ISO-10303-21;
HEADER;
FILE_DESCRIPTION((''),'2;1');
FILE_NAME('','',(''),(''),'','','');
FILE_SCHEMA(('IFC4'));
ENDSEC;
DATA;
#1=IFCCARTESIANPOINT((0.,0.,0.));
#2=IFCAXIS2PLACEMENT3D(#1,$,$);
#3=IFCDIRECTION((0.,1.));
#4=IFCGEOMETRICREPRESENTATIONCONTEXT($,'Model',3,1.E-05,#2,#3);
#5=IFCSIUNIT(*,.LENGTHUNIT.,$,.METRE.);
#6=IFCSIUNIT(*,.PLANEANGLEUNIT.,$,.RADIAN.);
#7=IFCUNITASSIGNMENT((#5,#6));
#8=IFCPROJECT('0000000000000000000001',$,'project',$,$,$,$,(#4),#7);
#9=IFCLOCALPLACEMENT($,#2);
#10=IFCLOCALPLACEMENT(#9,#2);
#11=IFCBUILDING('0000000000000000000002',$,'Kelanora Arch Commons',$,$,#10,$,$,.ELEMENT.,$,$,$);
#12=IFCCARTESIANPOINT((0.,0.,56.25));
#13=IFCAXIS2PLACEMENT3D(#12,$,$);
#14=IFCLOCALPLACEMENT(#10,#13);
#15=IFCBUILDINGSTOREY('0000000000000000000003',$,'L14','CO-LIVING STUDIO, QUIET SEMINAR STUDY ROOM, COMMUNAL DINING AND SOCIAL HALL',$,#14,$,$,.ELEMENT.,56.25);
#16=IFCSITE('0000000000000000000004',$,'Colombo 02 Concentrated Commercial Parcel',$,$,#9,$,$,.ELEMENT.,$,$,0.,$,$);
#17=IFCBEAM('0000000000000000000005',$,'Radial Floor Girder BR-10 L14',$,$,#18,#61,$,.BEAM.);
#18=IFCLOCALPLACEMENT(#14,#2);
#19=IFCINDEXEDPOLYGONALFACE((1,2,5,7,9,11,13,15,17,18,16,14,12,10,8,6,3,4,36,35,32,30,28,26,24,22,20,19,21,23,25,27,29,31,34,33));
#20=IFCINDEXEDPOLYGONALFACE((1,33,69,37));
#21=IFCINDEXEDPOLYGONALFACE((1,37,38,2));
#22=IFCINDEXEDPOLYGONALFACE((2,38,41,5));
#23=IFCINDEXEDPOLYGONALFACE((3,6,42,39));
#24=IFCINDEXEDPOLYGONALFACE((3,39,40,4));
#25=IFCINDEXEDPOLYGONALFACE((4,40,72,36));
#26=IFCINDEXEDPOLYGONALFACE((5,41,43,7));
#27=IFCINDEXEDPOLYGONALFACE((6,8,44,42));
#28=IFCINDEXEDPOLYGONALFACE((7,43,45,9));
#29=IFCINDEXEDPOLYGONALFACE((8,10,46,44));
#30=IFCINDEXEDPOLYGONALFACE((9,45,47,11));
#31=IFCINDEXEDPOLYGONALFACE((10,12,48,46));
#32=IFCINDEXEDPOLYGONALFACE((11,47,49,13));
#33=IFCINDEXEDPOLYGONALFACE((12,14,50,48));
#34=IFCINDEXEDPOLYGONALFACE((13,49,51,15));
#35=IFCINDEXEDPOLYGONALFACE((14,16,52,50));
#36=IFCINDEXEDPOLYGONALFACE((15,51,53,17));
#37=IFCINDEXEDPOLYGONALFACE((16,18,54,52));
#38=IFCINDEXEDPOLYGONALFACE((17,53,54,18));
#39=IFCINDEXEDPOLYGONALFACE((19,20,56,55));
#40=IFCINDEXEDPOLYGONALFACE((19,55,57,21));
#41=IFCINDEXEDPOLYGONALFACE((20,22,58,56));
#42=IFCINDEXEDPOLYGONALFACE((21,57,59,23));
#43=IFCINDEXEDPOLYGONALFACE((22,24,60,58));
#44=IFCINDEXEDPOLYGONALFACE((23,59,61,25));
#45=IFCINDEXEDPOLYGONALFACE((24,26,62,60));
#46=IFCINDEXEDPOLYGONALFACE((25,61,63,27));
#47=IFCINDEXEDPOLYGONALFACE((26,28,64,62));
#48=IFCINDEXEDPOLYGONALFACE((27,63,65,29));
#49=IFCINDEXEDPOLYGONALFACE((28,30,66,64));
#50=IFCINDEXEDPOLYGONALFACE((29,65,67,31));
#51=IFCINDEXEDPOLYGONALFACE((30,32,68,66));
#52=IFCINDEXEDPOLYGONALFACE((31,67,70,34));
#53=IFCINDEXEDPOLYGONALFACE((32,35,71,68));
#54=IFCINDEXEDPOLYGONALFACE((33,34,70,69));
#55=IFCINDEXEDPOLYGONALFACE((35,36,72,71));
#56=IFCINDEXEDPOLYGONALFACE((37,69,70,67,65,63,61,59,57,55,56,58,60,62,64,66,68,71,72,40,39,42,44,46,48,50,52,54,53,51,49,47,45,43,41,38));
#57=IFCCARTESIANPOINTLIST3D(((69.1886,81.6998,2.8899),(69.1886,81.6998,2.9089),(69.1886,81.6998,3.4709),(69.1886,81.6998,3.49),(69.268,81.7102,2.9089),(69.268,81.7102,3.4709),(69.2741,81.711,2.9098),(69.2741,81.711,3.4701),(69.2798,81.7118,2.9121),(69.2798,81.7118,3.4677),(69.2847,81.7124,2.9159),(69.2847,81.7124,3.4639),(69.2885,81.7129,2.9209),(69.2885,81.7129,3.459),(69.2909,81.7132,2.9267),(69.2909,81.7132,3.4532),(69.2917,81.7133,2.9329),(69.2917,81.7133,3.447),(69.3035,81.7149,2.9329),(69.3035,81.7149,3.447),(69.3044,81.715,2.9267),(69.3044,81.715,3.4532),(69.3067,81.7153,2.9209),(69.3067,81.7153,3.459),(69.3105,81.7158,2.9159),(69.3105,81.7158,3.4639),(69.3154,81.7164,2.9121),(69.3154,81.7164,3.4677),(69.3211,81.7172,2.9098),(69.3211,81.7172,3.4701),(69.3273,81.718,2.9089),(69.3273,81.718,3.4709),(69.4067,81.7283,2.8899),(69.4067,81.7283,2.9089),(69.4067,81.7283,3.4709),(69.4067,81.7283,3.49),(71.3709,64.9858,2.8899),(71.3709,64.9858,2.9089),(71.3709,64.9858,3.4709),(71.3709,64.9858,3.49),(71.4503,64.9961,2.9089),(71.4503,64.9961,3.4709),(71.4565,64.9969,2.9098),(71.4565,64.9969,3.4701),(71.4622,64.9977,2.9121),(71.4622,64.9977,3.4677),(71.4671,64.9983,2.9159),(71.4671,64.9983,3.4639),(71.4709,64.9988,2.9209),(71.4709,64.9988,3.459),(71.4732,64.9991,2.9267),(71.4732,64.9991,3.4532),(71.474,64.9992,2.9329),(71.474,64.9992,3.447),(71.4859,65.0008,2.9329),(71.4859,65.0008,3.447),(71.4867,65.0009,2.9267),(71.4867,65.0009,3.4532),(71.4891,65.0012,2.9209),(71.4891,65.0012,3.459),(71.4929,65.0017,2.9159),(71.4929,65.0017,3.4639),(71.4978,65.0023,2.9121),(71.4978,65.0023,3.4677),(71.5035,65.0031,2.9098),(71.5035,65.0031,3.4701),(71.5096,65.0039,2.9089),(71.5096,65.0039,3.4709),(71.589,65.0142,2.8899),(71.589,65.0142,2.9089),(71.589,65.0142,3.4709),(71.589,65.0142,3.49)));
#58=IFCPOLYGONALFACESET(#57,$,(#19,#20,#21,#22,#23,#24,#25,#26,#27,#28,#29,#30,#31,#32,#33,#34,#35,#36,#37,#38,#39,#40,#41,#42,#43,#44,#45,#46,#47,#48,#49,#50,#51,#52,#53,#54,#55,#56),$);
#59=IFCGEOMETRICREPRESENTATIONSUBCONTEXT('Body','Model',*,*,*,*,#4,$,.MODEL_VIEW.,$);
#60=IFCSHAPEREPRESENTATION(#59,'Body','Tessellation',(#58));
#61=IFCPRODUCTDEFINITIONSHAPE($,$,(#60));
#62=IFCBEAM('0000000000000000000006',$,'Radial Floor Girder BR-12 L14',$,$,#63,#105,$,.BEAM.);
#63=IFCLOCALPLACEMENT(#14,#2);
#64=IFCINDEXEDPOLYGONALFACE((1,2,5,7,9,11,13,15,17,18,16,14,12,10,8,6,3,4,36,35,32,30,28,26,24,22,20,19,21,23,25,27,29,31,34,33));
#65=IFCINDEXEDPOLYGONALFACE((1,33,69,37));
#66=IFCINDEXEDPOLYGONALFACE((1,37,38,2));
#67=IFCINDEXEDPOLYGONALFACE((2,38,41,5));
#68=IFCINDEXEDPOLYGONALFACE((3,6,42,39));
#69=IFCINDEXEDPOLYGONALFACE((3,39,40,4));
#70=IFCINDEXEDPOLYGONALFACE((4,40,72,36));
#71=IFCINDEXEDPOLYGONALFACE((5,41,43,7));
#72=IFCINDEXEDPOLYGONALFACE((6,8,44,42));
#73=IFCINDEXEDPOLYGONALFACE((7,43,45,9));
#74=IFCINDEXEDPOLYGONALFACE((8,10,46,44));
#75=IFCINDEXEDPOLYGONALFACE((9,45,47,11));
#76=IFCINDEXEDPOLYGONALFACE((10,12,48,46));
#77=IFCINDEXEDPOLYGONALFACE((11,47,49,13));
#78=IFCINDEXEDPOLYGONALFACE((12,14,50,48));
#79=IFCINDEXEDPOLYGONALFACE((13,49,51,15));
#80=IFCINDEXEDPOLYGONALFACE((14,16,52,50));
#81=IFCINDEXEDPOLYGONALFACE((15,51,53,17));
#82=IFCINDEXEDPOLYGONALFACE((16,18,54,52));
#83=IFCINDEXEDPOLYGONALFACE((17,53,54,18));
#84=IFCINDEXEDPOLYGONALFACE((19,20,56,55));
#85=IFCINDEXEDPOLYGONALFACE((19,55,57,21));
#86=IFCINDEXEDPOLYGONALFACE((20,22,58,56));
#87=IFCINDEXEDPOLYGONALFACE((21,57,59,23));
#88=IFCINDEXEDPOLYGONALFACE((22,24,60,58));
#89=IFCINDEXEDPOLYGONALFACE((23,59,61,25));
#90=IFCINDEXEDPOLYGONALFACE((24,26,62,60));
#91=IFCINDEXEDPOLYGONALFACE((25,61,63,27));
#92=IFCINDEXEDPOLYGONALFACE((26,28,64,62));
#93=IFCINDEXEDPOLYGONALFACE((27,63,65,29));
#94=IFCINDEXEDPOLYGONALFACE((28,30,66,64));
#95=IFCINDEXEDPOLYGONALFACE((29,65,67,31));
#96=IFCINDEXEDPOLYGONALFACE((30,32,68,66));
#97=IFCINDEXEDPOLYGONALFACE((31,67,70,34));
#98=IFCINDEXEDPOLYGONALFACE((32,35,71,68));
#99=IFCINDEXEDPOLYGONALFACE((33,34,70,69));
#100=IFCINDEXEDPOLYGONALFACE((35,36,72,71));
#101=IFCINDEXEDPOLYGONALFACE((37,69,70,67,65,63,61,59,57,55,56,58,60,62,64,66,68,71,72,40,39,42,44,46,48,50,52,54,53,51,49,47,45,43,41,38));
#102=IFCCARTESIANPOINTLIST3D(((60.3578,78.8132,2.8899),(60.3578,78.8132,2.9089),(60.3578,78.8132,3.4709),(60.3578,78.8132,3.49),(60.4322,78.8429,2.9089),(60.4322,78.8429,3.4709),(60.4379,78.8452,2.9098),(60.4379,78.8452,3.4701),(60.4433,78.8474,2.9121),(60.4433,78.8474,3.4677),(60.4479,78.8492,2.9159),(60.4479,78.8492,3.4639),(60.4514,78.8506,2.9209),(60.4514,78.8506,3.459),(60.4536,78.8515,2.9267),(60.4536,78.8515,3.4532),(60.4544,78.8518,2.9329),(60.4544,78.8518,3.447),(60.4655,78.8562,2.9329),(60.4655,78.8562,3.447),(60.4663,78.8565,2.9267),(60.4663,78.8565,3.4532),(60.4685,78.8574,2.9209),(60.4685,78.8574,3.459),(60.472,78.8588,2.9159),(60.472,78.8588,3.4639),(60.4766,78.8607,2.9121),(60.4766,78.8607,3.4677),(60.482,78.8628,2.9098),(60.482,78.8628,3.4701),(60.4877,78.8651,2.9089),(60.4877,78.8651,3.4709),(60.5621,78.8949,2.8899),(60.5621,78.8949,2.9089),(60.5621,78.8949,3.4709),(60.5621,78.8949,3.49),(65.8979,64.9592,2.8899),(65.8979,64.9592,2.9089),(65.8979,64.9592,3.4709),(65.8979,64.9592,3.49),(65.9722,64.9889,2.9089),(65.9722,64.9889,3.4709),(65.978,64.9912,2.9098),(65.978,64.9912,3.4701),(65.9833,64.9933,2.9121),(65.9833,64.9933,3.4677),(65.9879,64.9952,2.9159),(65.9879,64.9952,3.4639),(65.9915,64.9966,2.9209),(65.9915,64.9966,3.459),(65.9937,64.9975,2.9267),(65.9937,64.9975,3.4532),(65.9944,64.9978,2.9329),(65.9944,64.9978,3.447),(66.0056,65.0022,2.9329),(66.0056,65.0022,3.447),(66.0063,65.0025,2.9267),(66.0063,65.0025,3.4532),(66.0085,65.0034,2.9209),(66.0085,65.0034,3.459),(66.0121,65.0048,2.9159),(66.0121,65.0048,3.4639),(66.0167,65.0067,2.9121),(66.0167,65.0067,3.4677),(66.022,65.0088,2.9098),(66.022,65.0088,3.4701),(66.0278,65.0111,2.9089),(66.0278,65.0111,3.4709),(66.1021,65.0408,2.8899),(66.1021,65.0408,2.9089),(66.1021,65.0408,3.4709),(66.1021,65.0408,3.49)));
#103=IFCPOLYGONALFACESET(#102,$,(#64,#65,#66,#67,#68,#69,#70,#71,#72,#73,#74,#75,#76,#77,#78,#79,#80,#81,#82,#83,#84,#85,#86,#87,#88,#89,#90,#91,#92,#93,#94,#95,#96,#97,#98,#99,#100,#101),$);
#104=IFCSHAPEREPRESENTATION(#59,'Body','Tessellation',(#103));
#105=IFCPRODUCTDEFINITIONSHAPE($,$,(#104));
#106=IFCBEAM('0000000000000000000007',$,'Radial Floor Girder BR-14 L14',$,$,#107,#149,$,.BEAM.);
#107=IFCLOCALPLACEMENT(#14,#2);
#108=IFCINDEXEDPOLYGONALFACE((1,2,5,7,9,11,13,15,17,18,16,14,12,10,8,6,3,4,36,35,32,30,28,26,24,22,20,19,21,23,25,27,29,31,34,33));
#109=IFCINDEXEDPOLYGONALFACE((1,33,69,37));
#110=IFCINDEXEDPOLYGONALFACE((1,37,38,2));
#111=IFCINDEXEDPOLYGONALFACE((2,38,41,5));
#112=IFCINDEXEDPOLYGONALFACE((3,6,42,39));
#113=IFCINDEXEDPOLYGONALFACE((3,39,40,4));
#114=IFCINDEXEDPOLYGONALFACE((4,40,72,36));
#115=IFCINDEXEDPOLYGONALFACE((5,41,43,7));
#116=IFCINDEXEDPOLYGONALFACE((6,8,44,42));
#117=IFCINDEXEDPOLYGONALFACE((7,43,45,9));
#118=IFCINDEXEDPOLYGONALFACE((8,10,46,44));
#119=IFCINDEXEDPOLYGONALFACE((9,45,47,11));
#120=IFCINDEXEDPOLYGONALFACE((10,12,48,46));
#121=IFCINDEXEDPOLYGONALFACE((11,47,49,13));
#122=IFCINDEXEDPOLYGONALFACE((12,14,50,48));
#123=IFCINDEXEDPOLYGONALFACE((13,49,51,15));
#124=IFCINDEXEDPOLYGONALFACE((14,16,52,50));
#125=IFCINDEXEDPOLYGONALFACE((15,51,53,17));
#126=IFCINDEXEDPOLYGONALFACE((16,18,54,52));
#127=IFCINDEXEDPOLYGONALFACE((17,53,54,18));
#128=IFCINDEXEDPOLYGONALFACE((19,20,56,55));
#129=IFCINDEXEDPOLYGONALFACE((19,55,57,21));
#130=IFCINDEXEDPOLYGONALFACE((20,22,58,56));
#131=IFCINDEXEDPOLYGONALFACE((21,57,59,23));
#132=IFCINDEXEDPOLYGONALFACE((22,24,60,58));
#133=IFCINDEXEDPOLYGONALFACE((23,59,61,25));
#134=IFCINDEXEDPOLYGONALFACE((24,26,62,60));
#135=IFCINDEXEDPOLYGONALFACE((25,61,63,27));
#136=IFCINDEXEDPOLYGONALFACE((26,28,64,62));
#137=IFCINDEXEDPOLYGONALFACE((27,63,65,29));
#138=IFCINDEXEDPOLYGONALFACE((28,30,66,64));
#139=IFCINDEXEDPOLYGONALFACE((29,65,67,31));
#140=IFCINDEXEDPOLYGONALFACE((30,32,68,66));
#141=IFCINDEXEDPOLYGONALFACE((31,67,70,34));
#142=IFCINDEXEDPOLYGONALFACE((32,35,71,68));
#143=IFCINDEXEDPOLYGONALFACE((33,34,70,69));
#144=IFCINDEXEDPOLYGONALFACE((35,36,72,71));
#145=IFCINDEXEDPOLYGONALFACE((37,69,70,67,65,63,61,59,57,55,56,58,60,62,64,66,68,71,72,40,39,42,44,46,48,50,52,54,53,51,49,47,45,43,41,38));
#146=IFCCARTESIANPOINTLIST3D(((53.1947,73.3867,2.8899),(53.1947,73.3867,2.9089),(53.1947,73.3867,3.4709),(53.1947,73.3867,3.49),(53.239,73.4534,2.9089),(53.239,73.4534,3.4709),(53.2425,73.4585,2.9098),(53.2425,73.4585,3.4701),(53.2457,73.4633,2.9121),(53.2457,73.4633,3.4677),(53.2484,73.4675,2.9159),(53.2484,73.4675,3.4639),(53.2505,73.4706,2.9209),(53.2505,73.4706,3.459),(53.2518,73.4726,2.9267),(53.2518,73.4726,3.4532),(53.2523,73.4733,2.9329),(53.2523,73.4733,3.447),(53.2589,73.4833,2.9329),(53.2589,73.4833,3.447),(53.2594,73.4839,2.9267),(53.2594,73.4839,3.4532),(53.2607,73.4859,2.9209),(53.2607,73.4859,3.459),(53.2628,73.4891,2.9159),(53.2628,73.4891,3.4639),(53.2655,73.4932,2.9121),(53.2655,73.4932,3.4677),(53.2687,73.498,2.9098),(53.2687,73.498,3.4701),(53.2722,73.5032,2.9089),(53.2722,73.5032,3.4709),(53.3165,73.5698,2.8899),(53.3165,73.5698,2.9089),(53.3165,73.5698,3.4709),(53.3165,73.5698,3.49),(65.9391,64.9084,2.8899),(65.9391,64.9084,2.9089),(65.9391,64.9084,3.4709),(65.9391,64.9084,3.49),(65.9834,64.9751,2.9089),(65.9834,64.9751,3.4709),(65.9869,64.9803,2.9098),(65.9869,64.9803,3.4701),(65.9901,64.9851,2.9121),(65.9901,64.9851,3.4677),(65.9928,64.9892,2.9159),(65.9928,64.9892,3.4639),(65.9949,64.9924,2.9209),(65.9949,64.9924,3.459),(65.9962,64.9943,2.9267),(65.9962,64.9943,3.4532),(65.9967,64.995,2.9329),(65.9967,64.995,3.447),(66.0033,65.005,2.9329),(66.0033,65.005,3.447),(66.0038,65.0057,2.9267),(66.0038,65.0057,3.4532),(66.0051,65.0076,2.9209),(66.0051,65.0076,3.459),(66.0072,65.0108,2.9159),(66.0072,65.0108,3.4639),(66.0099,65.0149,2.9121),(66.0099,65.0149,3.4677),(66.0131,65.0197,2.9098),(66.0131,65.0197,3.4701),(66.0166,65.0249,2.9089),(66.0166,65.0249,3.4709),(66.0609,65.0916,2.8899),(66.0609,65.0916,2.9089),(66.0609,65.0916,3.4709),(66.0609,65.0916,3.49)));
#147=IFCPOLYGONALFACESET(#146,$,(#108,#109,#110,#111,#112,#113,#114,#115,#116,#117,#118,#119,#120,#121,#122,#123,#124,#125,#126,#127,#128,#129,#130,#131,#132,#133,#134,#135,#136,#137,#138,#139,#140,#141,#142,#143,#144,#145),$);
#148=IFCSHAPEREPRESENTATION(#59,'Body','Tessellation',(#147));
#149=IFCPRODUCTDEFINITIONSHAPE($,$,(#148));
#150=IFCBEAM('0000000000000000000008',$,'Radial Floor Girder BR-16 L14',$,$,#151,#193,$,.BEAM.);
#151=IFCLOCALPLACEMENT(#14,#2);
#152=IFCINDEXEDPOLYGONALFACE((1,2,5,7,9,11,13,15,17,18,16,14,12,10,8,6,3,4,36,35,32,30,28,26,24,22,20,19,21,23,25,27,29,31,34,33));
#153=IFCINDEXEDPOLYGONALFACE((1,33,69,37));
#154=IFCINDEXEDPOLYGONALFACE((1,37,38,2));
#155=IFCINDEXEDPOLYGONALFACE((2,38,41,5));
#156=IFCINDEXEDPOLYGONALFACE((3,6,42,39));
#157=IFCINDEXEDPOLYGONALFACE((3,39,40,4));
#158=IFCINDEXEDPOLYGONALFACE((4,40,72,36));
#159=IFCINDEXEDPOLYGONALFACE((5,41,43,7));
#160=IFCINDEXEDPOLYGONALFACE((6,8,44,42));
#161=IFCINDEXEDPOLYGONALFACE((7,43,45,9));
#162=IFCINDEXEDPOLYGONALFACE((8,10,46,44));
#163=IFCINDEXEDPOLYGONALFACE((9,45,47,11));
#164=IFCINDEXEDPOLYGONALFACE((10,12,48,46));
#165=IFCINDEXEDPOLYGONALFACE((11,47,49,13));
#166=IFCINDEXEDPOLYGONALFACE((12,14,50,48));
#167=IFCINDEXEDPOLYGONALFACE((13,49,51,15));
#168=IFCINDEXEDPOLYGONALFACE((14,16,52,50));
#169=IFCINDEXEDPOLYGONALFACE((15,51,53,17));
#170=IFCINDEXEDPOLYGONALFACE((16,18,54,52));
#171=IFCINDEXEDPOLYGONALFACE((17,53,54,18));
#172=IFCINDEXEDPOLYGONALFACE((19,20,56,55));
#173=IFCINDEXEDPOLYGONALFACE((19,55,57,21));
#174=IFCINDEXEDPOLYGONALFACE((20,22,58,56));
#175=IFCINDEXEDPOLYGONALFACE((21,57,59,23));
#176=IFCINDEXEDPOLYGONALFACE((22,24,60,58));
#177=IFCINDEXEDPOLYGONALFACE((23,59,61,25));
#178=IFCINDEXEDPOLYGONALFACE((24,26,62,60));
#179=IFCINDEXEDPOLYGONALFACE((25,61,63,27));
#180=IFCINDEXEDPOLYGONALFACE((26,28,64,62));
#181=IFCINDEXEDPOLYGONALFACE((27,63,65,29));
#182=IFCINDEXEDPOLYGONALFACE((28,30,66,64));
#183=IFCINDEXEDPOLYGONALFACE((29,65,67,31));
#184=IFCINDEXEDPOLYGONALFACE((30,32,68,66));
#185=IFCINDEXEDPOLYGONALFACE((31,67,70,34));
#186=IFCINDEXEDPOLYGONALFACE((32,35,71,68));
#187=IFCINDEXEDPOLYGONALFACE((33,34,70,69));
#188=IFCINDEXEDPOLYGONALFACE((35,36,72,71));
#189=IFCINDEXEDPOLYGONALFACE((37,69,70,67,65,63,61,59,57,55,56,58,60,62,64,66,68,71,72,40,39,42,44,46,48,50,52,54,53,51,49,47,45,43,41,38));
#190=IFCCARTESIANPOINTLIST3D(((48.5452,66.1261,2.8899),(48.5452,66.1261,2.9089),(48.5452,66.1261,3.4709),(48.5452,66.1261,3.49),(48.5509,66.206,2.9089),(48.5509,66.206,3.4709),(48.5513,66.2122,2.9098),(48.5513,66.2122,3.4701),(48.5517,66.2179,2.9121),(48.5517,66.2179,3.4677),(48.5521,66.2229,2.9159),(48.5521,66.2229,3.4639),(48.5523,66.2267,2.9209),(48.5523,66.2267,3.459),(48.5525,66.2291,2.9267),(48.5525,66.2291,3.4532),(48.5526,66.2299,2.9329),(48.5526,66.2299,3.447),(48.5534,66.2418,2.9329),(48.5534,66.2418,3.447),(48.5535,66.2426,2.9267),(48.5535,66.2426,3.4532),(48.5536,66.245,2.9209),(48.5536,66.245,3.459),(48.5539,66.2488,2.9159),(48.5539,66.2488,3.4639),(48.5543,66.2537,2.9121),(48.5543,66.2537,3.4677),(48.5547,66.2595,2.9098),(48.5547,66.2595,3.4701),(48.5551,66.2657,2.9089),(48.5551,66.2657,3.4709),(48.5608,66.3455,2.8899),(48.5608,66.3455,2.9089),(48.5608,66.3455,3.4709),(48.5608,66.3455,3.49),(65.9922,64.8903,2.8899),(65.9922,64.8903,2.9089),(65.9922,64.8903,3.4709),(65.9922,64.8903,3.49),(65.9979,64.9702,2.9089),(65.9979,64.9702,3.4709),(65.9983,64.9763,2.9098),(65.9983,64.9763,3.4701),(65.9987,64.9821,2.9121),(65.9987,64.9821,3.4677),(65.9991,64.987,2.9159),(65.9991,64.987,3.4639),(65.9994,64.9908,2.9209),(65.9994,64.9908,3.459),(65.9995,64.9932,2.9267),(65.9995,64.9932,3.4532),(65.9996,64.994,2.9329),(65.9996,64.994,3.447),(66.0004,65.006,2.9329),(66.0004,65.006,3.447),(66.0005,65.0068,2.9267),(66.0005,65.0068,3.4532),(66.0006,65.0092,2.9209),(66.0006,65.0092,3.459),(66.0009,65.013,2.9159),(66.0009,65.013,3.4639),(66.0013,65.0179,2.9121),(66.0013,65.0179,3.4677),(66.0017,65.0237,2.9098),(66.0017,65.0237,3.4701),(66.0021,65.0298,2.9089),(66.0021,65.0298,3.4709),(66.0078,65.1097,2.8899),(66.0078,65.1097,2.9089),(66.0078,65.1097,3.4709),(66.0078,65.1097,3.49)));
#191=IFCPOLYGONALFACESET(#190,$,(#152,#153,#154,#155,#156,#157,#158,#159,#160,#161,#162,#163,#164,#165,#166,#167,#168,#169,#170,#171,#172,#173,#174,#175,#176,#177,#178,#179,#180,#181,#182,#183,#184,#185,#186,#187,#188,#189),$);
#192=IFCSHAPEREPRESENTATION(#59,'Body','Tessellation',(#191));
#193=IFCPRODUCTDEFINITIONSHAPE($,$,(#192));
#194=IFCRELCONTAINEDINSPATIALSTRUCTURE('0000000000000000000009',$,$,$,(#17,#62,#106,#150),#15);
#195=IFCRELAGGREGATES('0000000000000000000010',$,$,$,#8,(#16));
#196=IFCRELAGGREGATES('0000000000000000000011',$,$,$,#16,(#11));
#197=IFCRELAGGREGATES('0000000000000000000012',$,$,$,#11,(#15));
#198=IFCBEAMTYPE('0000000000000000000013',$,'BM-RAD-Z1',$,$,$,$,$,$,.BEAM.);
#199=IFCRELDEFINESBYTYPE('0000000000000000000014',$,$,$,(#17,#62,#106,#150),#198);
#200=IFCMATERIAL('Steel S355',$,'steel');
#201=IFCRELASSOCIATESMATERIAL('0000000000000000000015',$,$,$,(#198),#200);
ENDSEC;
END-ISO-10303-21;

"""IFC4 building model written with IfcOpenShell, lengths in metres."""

from ifc_helpers import new_model, si_unit, direction, frame, origin, origin_2d, place, context, subcontext, project, spatial, i_section, extrude, material, material_profile, profile_set, type_object, element, save


model = new_model("IFC4")

# Units and contexts
model_context = context("Model", 3, precision=1e-05, world=origin(), true_north=direction((0.0, 1.0)))
body_context = subcontext(model_context, "Body", "Model", "MODEL_VIEW")
ifc_project = project(units=[si_unit("LENGTHUNIT", "METRE"), si_unit("PLANEANGLEUNIT", "RADIAN")], contexts=[model_context])

# Site, building, storey
site_placement = place(None, origin())
site = spatial("IfcSite", under=ifc_project, at=site_placement, Name="Colombo 02 Concentrated Commercial Parcel", CompositionType="ELEMENT", RefElevation=0.0)
building_placement = place(site_placement, origin())
building = spatial("IfcBuilding", under=site, at=building_placement, Name="Kelanora Arch Commons", CompositionType="ELEMENT")
storey_placement = place(building_placement, frame((0.0, 0.0, 56.25)))
storey = spatial("IfcBuildingStorey", under=building, at=storey_placement, Name="L14", Description="CO-LIVING STUDIO, QUIET SEMINAR STUDY ROOM, COMMUNAL DINING AND SOCIAL HALL", CompositionType="ELEMENT", Elevation=56.25)

# Beams
ifc_material_1 = material(Name="Steel S355", Category="steel")
ifc_material_profile_1 = material_profile(ifc_material_1, i_section(OverallWidth=0.22, OverallDepth=0.6001, WebThickness=0.012, FlangeThickness=0.019, FilletRadius=0.0239, at=origin_2d()), Name="IPE600")
ifc_profile_set_1 = profile_set([ifc_material_profile_1], Name="Steel S355")
beam_type_1 = type_object("IfcBeamType", Name="BM-RAD-Z1", PredefinedType="BEAM", material=ifc_profile_set_1)
beam_1_placement = place(storey_placement, frame((71.48, 65.0, 3.1899), z_axis=(-0.129472, 0.991583, 0.0), x_axis=(-0.991583, -0.129472, 0.0)))
element("IfcBeam", 1, at=beam_1_placement, inside=storey, type_object=beam_type_1, Name="Radial Floor Girder BR-10 L14", PredefinedType="BEAM", context=body_context, shape_type="SweptSolid", body=[
    extrude(i_section(OverallWidth=0.22, OverallDepth=0.6001, WebThickness=0.012, FlangeThickness=0.019, FilletRadius=0.0239, at=origin_2d()), origin(), (0.0, 0.0, 1.0), 16.856),
])
beam_2_placement = place(storey_placement, frame((66.0, 65.0, 3.1899), z_axis=(-0.3713, 0.928513, 0.0), x_axis=(-0.928513, -0.3713, 0.0)))
element("IfcBeam", 2, at=beam_2_placement, inside=storey, type_object=beam_type_1, Name="Radial Floor Girder BR-12 L14", PredefinedType="BEAM", context=body_context, shape_type="SweptSolid", body=[
    extrude(i_section(OverallWidth=0.22, OverallDepth=0.6001, WebThickness=0.012, FlangeThickness=0.019, FilletRadius=0.0239, at=origin_2d()), origin(), (0.0, 0.0, 1.0), 14.9207),
])
beam_3_placement = place(storey_placement, frame((66.0, 65.0, 3.1899), z_axis=(-0.832592, 0.553886, 0.0), x_axis=(-0.553886, -0.832592, 0.0)))
element("IfcBeam", 3, at=beam_3_placement, inside=storey, type_object=beam_type_1, Name="Radial Floor Girder BR-14 L14", PredefinedType="BEAM", context=body_context, shape_type="SweptSolid", body=[
    extrude(i_section(OverallWidth=0.22, OverallDepth=0.6001, WebThickness=0.012, FlangeThickness=0.019, FilletRadius=0.0239, at=origin_2d()), origin(), (0.0, 0.0, 1.0), 15.3069),
])
beam_4_placement = place(storey_placement, frame((66.0, 65.0, 3.1899), z_axis=(-0.997501, 0.070657, 0.0), x_axis=(-0.070657, -0.997501, 0.0)))
element("IfcBeam", 4, at=beam_4_placement, inside=storey, type_object=beam_type_1, Name="Radial Floor Girder BR-16 L14", PredefinedType="BEAM", context=body_context, shape_type="SweptSolid", body=[
    extrude(i_section(OverallWidth=0.22, OverallDepth=0.6001, WebThickness=0.012, FlangeThickness=0.019, FilletRadius=0.0239, at=origin_2d()), origin(), (0.0, 0.0, 1.0), 17.4907),
])

save(model, "model.ifc")
